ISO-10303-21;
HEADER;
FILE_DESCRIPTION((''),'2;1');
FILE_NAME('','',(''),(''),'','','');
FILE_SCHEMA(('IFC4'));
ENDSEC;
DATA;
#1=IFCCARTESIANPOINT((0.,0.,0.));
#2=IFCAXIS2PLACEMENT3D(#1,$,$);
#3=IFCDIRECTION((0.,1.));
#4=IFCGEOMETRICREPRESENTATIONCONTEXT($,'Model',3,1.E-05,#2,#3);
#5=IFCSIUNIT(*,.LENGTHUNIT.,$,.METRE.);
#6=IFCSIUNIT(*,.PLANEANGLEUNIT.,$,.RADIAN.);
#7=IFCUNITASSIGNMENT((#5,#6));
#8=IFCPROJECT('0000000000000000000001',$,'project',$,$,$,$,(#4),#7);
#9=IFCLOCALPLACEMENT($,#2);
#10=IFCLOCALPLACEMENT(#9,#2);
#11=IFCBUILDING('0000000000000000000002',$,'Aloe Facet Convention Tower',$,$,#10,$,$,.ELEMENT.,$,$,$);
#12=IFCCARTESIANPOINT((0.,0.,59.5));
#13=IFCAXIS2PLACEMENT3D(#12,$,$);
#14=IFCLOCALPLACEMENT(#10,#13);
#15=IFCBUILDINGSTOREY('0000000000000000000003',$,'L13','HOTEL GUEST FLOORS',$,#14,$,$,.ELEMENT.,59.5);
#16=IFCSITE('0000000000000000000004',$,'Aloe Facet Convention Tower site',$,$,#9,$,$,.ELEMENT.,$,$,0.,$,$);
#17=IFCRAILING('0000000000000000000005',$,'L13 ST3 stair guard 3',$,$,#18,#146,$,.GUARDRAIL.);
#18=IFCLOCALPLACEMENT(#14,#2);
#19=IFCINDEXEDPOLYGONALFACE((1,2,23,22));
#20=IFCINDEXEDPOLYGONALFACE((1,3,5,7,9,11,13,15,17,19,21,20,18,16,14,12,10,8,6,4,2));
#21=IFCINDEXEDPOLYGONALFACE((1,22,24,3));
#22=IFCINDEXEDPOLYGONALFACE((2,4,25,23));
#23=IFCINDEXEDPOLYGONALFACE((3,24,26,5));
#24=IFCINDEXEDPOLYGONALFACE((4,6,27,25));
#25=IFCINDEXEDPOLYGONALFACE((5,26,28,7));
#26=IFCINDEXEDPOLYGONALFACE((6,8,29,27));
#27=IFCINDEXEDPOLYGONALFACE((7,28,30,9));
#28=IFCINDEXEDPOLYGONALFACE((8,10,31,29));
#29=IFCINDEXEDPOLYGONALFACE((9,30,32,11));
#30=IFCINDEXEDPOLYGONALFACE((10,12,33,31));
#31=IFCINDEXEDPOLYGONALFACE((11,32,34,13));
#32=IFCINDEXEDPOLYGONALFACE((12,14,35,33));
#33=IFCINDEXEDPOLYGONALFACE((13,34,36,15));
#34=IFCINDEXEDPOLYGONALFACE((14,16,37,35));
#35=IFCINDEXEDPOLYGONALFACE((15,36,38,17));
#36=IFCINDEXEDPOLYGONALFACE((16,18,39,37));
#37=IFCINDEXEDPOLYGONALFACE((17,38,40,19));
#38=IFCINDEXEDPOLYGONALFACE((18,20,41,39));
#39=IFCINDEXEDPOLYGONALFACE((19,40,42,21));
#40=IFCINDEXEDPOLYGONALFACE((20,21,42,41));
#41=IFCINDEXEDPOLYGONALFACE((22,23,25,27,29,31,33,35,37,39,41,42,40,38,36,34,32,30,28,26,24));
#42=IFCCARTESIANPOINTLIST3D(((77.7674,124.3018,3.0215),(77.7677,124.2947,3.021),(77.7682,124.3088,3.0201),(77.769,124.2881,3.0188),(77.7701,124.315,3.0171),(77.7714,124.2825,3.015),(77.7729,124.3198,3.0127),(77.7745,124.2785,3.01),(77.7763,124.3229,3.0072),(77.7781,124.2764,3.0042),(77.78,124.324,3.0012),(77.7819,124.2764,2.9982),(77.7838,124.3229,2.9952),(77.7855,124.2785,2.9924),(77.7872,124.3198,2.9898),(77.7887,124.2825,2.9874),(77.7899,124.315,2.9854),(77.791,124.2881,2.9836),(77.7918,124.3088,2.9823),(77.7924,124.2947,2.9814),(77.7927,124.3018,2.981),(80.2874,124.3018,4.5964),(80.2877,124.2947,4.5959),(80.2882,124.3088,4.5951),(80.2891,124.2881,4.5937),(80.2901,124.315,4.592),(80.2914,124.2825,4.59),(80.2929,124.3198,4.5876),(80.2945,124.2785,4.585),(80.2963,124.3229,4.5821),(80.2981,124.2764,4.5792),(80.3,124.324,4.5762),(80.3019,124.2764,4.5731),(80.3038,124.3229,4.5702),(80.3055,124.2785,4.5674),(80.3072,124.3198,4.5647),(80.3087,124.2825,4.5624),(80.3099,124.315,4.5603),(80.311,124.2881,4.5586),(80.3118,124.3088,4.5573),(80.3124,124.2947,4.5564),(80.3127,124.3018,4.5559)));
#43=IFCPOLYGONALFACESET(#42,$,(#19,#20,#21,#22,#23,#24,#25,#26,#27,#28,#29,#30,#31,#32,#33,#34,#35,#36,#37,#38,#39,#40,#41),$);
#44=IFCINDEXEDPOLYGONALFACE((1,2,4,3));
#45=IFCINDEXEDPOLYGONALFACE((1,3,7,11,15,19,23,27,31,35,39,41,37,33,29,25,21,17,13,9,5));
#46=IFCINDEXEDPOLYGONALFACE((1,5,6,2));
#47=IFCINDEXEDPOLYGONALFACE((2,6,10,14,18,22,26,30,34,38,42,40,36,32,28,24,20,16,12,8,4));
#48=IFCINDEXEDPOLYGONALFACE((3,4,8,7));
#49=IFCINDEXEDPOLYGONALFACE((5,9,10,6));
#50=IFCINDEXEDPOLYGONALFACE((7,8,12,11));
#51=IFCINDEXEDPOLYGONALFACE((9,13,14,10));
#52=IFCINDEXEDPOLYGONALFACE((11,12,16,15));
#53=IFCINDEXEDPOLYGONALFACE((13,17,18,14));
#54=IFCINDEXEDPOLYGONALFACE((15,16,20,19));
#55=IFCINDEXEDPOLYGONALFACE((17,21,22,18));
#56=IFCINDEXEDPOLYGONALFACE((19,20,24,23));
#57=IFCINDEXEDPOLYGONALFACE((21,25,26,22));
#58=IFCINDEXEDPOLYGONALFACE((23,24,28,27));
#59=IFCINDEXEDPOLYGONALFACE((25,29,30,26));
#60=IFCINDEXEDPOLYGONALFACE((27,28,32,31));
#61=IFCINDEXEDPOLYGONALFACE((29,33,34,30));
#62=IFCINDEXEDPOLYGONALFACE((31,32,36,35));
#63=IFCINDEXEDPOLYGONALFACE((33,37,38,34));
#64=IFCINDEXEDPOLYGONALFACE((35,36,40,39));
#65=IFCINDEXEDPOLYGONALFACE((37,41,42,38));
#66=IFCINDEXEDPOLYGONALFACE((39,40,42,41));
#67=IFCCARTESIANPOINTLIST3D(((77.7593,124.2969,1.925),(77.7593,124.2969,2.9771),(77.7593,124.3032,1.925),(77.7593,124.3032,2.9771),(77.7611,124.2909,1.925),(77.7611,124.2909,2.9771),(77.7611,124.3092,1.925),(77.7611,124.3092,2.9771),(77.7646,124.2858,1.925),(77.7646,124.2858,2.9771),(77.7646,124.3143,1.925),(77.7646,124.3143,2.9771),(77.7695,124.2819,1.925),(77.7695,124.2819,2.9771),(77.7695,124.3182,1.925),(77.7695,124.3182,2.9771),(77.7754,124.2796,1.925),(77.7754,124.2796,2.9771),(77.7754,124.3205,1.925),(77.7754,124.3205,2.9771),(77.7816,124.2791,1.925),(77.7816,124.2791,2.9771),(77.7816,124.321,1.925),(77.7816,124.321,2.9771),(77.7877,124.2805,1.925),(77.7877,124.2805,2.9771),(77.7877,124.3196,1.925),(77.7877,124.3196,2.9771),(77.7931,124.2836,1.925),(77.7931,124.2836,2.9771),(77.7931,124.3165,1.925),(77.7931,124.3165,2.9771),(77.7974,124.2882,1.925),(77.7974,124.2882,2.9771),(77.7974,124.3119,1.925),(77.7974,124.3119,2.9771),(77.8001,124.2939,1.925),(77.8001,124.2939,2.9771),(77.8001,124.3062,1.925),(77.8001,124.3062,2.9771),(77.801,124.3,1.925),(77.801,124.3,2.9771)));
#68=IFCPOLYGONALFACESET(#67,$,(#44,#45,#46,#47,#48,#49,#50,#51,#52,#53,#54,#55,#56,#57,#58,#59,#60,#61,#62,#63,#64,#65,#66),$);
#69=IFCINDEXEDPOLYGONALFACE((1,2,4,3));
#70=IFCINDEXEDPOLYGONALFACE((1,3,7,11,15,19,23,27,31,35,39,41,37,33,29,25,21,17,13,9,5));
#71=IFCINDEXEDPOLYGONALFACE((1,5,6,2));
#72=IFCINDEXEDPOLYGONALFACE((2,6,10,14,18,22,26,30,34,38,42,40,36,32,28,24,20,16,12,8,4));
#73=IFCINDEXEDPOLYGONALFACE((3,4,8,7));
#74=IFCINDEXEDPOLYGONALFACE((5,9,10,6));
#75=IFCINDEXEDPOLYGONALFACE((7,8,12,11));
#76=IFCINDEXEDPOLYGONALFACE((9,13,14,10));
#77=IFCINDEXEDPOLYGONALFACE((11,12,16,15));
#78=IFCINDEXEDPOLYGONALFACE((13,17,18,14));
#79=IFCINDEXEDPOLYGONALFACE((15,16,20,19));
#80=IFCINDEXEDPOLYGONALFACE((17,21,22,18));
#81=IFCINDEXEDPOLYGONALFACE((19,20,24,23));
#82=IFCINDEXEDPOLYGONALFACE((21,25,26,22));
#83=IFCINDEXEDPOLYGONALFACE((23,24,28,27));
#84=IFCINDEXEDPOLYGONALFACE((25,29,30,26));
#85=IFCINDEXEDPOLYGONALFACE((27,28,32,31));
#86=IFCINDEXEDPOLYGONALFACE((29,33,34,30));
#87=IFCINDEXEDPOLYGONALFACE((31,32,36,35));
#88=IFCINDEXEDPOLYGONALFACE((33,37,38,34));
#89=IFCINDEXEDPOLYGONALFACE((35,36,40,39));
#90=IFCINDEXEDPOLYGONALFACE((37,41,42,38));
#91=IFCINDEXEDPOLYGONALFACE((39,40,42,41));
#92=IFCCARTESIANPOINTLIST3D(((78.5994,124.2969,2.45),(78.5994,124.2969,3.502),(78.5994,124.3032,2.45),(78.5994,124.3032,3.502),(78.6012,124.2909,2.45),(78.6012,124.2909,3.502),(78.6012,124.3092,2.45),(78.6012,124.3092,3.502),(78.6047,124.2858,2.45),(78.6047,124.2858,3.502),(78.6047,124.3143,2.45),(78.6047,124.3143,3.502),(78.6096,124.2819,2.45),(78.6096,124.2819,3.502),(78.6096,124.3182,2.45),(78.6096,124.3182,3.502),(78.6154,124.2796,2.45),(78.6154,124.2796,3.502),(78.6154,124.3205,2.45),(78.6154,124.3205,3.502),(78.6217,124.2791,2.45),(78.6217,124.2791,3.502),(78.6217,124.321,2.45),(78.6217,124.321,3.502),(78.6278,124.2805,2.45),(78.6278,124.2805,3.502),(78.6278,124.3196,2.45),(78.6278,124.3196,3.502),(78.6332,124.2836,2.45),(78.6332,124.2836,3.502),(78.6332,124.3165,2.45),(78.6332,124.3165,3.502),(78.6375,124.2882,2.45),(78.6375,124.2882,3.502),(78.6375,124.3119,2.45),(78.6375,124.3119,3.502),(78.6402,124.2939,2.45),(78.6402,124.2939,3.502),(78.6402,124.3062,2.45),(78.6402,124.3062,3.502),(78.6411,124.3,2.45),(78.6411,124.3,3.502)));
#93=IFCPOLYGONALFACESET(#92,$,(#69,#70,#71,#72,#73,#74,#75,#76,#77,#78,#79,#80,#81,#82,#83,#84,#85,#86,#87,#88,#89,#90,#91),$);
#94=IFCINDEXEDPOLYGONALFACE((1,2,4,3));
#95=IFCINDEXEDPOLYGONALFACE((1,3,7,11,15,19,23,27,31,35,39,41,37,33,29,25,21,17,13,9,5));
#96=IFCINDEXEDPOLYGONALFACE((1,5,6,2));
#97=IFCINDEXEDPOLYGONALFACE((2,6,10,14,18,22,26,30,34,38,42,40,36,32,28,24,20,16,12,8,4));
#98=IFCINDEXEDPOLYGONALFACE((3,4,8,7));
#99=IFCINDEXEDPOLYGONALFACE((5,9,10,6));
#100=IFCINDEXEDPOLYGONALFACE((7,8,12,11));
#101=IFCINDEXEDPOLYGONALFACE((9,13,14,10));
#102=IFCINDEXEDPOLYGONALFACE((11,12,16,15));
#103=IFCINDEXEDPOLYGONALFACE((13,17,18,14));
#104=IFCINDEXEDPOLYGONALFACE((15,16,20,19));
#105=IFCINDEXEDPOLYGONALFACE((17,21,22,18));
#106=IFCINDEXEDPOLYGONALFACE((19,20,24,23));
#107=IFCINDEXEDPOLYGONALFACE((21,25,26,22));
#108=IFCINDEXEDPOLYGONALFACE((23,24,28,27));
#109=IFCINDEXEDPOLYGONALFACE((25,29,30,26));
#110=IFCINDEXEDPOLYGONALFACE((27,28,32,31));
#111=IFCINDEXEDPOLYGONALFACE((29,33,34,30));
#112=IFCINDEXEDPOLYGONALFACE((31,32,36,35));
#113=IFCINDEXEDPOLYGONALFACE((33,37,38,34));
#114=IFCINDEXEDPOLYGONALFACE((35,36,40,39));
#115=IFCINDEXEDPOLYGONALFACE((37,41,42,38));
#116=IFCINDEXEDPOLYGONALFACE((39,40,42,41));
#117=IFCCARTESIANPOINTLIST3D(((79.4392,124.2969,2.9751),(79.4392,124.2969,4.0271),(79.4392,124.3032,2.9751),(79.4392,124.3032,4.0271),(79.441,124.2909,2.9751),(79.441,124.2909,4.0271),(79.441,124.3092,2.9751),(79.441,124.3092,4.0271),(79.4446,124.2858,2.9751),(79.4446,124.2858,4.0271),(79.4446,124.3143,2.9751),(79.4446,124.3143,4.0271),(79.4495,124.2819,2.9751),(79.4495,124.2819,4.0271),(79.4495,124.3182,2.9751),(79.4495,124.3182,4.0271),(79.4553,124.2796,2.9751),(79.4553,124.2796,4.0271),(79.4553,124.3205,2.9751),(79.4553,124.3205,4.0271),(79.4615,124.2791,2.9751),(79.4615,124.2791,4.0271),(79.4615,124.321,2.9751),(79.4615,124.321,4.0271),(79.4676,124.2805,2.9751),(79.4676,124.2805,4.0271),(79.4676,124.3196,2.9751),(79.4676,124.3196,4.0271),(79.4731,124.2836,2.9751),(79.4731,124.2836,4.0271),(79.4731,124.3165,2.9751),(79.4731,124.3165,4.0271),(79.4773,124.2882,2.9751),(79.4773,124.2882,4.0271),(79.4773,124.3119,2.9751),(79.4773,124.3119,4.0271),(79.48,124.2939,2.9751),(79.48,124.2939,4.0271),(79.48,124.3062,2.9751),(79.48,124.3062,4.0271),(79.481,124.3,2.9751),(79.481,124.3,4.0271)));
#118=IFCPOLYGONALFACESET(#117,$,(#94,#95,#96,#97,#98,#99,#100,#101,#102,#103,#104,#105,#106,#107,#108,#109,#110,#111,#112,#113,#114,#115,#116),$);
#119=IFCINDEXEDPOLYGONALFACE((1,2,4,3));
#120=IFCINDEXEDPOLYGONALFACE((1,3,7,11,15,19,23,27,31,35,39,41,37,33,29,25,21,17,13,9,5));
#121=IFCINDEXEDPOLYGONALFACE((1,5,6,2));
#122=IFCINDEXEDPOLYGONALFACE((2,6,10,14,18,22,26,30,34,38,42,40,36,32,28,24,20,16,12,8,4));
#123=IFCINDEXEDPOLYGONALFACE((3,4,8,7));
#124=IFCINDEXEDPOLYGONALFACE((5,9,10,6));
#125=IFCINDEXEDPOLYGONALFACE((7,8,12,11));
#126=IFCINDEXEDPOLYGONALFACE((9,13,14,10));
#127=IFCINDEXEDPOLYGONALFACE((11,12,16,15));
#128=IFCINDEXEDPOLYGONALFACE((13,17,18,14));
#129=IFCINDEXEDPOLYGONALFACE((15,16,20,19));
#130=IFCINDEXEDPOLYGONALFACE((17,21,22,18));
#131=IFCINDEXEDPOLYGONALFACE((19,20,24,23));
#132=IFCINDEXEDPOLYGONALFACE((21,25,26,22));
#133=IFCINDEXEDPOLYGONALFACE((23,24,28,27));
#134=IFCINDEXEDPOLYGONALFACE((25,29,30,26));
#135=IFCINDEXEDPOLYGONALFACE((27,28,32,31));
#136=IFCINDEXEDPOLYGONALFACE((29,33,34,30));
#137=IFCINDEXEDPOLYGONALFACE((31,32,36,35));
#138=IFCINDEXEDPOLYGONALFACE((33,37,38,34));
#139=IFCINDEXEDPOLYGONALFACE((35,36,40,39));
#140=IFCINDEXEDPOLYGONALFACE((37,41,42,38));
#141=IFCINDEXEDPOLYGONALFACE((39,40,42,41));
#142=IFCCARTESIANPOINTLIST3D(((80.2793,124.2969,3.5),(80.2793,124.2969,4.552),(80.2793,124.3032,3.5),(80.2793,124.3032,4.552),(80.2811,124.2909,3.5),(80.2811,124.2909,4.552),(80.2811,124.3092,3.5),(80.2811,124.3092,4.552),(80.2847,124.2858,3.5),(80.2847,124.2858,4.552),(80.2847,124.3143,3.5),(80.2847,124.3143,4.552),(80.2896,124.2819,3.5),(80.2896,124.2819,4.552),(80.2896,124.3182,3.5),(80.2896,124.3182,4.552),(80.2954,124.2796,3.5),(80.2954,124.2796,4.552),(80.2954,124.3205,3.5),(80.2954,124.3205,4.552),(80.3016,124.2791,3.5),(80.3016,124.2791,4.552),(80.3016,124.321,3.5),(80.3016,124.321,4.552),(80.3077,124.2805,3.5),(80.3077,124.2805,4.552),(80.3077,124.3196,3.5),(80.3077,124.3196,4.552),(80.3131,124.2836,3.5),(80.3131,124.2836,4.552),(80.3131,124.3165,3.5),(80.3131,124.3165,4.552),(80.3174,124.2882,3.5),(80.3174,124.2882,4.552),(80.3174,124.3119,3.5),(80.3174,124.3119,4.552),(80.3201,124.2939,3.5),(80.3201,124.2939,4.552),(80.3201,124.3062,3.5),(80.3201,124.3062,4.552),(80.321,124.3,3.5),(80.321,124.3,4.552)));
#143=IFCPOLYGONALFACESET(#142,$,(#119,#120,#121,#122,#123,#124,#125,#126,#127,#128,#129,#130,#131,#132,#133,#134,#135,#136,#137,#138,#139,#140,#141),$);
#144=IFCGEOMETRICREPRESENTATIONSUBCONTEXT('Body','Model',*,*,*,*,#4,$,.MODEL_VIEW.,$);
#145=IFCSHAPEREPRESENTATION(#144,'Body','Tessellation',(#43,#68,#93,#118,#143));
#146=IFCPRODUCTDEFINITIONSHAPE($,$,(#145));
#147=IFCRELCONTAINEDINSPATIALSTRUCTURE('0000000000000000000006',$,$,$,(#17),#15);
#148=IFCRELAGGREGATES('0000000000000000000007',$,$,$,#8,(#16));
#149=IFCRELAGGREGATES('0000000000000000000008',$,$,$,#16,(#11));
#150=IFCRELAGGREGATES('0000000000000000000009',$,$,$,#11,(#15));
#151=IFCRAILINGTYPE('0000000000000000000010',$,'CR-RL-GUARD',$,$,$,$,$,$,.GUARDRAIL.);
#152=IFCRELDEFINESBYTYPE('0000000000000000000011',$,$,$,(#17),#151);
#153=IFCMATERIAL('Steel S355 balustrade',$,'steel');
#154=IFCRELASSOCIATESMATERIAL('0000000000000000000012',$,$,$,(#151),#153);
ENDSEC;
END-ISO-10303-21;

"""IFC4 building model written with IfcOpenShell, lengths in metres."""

from ifc_helpers import new_model, si_unit, direction, frame, origin, origin_2d, place, context, subcontext, project, spatial, circle, extrude, material, type_object, element, save


model = new_model("IFC4")

# Units and contexts
model_context = context("Model", 3, precision=1e-05, world=origin(), true_north=direction((0.0, 1.0)))
body_context = subcontext(model_context, "Body", "Model", "MODEL_VIEW")
ifc_project = project(units=[si_unit("LENGTHUNIT", "METRE"), si_unit("PLANEANGLEUNIT", "RADIAN")], contexts=[model_context])

# Site, building, storey
site_placement = place(None, origin())
site = spatial("IfcSite", under=ifc_project, at=site_placement, Name="Aloe Facet Convention Tower site", CompositionType="ELEMENT", RefElevation=0.0)
building_placement = place(site_placement, origin())
building = spatial("IfcBuilding", under=site, at=building_placement, Name="Aloe Facet Convention Tower", CompositionType="ELEMENT")
storey_placement = place(building_placement, frame((0.0, 0.0, 59.5)))
storey = spatial("IfcBuildingStorey", under=building, at=storey_placement, Name="L13", Description="HOTEL GUEST FLOORS", CompositionType="ELEMENT", Elevation=59.5)

# Railing
ifc_material_1 = material(Name="Steel S355 balustrade", Category="steel")
railing_type_1 = type_object("IfcRailingType", Name="CR-RL-GUARD", PredefinedType="GUARDRAIL", material=ifc_material_1)
railing_1_placement = place(storey_placement, frame((77.78, 124.3, 1.925)))
element("IfcRailing", 1, at=railing_1_placement, inside=storey, type_object=railing_type_1, Name="L13 ST3 stair guard 3", PredefinedType="GUARDRAIL", context=body_context, shape_type="SweptSolid", body=[
    extrude(circle(Radius=0.0239, at=origin_2d()), frame((0.0, 0.0, 1.0762), z_axis=(0.848008, 0.0, 0.529984), x_axis=(0.0, 1.0, 0.0)), (0.0, 0.0, 1.0), 2.9717),
    extrude(circle(Radius=0.021, at=origin_2d()), origin(), (0.0, 0.0, 1.0), 1.052),
    extrude(circle(Radius=0.021, at=origin_2d()), frame((0.8401, 0.0, 0.5249)), (0.0, 0.0, 1.0), 1.052),
    extrude(circle(Radius=0.021, at=origin_2d()), frame((1.6799, 0.0, 1.05)), (0.0, 0.0, 1.0), 1.052),
    extrude(circle(Radius=0.021, at=origin_2d()), frame((2.52, 0.0, 1.575)), (0.0, 0.0, 1.0), 1.052),
])

save(model, "model.ifc")
